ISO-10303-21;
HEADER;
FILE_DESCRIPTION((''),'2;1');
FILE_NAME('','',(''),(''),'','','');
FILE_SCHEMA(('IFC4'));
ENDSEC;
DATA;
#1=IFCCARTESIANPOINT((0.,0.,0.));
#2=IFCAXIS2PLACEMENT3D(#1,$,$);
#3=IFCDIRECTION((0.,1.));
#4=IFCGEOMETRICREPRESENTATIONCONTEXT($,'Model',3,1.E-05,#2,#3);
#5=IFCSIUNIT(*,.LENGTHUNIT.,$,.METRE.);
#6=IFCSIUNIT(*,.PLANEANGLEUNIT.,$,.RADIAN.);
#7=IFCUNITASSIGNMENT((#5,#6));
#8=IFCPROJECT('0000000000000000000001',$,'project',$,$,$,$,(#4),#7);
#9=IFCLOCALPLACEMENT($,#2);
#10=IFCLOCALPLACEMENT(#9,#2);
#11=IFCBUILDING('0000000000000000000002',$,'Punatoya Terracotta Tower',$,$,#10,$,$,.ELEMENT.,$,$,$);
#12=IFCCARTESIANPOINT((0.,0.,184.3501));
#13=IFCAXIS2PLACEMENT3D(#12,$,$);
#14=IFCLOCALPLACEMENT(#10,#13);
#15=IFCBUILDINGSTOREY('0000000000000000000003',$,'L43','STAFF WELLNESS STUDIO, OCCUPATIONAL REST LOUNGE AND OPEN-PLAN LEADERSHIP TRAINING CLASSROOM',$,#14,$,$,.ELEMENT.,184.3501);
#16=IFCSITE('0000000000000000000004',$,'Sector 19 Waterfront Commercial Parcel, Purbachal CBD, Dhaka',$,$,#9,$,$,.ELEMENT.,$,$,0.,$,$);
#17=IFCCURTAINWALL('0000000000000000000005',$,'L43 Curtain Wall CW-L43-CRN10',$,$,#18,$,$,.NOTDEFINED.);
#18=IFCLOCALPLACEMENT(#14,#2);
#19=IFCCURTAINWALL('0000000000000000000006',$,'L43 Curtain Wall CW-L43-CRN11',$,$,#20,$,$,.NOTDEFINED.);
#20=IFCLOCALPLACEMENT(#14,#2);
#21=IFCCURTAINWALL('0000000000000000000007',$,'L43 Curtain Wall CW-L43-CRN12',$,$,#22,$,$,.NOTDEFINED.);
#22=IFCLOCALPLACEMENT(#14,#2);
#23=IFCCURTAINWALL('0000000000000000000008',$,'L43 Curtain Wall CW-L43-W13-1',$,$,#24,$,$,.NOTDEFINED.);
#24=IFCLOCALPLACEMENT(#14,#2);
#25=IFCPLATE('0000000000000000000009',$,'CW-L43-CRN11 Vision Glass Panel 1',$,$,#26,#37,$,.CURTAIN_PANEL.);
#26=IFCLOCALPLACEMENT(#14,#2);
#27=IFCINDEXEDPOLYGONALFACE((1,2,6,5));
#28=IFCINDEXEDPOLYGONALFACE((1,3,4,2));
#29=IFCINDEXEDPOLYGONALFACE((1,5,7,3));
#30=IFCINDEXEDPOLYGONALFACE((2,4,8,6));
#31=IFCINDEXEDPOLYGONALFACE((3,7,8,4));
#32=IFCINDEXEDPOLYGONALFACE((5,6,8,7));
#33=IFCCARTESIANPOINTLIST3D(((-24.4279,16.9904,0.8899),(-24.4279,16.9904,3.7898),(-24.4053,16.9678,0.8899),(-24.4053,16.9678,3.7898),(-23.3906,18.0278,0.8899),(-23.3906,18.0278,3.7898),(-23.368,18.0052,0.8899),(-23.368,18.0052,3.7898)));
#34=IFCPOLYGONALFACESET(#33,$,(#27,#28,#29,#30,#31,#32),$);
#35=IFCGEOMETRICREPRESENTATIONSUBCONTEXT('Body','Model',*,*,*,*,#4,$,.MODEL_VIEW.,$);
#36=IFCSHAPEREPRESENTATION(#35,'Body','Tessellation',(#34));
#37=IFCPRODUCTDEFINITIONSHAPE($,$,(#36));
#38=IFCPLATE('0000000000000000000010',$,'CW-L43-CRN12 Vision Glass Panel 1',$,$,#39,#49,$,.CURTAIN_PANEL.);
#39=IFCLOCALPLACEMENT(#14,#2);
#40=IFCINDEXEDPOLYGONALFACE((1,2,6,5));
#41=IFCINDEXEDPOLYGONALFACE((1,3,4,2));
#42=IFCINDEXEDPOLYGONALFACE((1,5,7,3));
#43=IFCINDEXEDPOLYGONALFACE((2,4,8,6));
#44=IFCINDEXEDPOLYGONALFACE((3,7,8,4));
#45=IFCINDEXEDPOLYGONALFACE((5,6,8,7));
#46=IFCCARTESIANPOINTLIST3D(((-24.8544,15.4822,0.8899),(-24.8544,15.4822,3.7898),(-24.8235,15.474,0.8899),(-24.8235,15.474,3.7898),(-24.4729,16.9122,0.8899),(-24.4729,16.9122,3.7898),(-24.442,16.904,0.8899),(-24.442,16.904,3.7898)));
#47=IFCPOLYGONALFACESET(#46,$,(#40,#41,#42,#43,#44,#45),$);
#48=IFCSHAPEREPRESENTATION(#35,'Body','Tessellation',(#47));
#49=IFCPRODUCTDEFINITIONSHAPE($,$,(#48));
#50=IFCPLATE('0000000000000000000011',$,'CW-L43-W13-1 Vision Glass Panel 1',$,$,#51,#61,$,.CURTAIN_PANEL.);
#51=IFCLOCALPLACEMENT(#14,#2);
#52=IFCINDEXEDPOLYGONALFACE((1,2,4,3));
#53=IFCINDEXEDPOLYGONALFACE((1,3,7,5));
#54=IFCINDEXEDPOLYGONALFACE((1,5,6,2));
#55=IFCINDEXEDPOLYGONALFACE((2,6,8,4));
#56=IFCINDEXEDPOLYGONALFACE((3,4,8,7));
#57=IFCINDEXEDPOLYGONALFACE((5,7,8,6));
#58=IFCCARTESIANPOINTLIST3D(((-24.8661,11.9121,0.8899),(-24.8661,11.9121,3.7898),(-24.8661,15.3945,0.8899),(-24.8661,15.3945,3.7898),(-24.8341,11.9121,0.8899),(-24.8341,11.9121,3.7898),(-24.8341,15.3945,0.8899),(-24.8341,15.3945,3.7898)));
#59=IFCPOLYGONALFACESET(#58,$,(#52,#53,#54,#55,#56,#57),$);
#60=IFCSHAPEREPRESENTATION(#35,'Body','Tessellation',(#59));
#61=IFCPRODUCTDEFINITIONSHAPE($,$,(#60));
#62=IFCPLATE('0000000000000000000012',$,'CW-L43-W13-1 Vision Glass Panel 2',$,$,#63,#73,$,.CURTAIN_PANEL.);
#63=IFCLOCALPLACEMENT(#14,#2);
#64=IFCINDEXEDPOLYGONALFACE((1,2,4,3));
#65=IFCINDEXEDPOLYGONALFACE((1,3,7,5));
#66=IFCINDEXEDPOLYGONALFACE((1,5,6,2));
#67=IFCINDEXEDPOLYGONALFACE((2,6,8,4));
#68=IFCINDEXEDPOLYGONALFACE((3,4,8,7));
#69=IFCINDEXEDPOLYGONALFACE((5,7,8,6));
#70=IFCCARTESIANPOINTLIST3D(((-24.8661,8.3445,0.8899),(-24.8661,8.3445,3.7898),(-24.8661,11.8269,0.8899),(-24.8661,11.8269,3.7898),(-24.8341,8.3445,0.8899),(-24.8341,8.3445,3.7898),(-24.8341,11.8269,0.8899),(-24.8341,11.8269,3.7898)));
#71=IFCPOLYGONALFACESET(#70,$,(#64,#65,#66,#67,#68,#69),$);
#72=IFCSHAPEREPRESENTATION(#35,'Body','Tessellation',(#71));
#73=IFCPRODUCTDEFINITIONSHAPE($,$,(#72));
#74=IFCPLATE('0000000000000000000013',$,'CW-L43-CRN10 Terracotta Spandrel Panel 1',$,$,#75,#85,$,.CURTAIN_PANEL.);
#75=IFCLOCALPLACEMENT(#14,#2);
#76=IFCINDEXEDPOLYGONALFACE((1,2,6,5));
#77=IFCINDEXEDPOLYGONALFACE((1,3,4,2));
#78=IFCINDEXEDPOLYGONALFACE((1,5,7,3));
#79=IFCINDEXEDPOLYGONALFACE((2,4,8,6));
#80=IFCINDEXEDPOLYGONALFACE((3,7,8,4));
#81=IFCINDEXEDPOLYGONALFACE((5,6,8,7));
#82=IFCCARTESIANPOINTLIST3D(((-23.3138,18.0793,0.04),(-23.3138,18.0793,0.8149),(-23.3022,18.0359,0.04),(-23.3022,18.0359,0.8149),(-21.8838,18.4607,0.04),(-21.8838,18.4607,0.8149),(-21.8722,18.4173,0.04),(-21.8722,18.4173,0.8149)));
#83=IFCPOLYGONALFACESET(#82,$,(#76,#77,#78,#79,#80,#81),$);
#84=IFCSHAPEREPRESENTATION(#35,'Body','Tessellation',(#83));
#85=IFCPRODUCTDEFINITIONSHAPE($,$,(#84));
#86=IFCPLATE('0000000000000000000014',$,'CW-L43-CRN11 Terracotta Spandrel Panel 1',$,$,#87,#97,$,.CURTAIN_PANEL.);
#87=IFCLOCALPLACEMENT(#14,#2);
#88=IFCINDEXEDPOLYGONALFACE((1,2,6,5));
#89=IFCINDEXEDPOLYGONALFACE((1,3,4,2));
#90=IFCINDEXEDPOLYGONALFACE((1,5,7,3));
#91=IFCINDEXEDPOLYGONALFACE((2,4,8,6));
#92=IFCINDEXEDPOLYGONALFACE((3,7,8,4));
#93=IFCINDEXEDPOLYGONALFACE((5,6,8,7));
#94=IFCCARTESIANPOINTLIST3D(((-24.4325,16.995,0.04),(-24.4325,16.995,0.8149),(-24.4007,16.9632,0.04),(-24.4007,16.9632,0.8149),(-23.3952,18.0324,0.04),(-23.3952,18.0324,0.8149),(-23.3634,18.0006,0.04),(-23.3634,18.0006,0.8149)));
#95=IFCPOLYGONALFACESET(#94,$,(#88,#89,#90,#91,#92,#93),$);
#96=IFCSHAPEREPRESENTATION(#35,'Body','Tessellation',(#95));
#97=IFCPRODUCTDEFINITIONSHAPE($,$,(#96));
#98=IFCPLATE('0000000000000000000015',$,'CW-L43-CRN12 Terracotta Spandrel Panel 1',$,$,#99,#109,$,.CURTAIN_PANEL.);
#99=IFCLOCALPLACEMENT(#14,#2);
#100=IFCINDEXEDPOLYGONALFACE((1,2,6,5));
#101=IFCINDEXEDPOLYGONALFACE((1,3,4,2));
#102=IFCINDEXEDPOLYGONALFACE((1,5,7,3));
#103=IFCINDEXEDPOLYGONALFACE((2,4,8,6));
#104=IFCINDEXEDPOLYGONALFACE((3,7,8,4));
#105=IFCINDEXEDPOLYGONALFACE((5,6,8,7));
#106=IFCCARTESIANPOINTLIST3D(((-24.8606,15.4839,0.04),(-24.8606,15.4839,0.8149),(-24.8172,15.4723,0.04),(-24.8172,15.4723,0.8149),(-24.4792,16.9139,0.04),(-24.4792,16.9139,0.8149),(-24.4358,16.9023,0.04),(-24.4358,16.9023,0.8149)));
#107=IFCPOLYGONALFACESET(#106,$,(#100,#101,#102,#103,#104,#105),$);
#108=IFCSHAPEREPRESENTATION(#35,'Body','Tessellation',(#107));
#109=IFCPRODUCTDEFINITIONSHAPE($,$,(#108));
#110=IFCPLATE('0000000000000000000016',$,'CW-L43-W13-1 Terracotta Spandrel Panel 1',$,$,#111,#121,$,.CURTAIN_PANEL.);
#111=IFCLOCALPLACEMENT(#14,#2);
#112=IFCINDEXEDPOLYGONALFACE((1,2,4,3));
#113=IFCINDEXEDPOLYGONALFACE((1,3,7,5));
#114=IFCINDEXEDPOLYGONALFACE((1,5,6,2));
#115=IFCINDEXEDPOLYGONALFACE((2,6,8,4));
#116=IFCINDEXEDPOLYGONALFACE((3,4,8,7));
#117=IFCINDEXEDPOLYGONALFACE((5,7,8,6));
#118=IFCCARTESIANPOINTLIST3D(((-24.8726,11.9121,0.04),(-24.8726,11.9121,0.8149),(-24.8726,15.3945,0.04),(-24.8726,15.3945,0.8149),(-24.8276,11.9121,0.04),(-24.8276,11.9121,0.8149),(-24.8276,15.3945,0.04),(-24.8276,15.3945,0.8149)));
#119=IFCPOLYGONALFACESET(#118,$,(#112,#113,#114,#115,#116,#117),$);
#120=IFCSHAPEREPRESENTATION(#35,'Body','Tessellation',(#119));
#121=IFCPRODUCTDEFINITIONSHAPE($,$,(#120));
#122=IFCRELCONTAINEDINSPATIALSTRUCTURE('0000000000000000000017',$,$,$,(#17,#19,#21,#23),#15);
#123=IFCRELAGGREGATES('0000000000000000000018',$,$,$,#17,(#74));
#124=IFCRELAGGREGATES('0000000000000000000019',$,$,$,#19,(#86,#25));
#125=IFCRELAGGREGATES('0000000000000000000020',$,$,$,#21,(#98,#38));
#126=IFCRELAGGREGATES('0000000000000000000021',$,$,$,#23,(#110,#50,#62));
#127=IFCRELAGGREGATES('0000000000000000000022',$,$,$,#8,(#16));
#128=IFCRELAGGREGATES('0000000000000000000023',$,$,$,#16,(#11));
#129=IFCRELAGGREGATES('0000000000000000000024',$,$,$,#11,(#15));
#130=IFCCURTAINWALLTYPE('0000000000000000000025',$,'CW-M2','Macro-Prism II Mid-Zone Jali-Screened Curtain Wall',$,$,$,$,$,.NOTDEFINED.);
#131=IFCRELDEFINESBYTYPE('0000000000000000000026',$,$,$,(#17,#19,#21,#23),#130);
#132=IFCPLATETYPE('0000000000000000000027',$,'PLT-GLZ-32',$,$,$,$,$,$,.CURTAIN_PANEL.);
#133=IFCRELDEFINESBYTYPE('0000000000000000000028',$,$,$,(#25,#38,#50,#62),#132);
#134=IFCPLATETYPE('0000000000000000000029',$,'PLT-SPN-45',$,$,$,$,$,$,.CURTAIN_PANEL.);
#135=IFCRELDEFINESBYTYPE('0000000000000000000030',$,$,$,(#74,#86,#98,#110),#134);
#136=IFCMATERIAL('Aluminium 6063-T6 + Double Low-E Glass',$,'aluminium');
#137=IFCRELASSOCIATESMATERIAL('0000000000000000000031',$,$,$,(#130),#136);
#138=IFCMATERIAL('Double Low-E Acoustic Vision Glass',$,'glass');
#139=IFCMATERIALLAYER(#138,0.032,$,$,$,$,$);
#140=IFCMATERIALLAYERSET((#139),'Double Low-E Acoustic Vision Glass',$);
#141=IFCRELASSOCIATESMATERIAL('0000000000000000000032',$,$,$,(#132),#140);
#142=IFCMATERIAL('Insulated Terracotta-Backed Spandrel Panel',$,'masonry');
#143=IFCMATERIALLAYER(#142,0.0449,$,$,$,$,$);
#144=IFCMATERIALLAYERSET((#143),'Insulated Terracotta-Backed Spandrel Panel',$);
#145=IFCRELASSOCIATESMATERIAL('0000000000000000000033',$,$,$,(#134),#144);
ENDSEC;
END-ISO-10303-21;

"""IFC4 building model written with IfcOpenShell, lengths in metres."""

from ifc_helpers import new_model, si_unit, direction, frame, origin, origin_2d, place, context, subcontext, project, spatial, rectangle, extrude, material, layer, layer_set, type_object, element, aggregate, save


model = new_model("IFC4")

# Units and contexts
model_context = context("Model", 3, precision=1e-05, world=origin(), true_north=direction((0.0, 1.0)))
body_context = subcontext(model_context, "Body", "Model", "MODEL_VIEW")
ifc_project = project(units=[si_unit("LENGTHUNIT", "METRE"), si_unit("PLANEANGLEUNIT", "RADIAN")], contexts=[model_context])

# Site, building, storey
site_placement = place(None, origin())
site = spatial("IfcSite", under=ifc_project, at=site_placement, Name="Sector 19 Waterfront Commercial Parcel, Purbachal CBD, Dhaka", CompositionType="ELEMENT", RefElevation=0.0)
building_placement = place(site_placement, origin())
building = spatial("IfcBuilding", under=site, at=building_placement, Name="Punatoya Terracotta Tower", CompositionType="ELEMENT")
storey_placement = place(building_placement, frame((0.0, 0.0, 184.3501)))
storey = spatial("IfcBuildingStorey", under=building, at=storey_placement, Name="L43", Description="STAFF WELLNESS STUDIO, OCCUPATIONAL REST LOUNGE AND OPEN-PLAN LEADERSHIP TRAINING CLASSROOM", CompositionType="ELEMENT", Elevation=184.3501)

# Curtain wall
ifc_material_1 = material(Name="Aluminium 6063-T6 + Double Low-E Glass", Category="aluminium")
curtain_wall_type = type_object("IfcCurtainWallType", Name="CW-M2", Description="Macro-Prism II Mid-Zone Jali-Screened Curtain Wall", PredefinedType="NOTDEFINED", material=ifc_material_1)
curtain_wall_1_placement = place(storey_placement, origin())
curtain_wall_1 = element("IfcCurtainWall", 1, at=curtain_wall_1_placement, inside=storey, type_object=curtain_wall_type, Name="L43 Curtain Wall CW-L43-CRN10", PredefinedType="NOTDEFINED")

# Curtain walls
curtain_wall_2_placement = place(storey_placement, origin())
curtain_wall_2 = element("IfcCurtainWall", 2, at=curtain_wall_2_placement, inside=storey, type_object=curtain_wall_type, Name="L43 Curtain Wall CW-L43-CRN11", PredefinedType="NOTDEFINED")
curtain_wall_3_placement = place(storey_placement, origin())
curtain_wall_3 = element("IfcCurtainWall", 3, at=curtain_wall_3_placement, inside=storey, type_object=curtain_wall_type, Name="L43 Curtain Wall CW-L43-CRN12", PredefinedType="NOTDEFINED")
curtain_wall_4_placement = place(storey_placement, origin())
curtain_wall_4 = element("IfcCurtainWall", 4, at=curtain_wall_4_placement, inside=storey, type_object=curtain_wall_type, Name="L43 Curtain Wall CW-L43-W13-1", PredefinedType="NOTDEFINED")

# Plates
ifc_material_2 = material(Name="Double Low-E Acoustic Vision Glass", Category="glass")
ifc_layer_1 = layer(ifc_material_2, 0.032)
ifc_layer_set_1 = layer_set([ifc_layer_1], Name="Double Low-E Acoustic Vision Glass")
plate_type_1 = type_object("IfcPlateType", Name="PLT-GLZ-32", PredefinedType="CURTAIN_PANEL", material=ifc_layer_set_1)
plate_1_placement = place(storey_placement, frame((-23.8979, 17.4978, 0.8899), z_axis=(0.0, 0.0, 1.0), x_axis=(-0.707107, -0.707107, 0.0)))
plate_1 = element("IfcPlate", 5, at=plate_1_placement, type_object=plate_type_1, Name="CW-L43-CRN11 Vision Glass Panel 1", PredefinedType="CURTAIN_PANEL", context=body_context, shape_type="SweptSolid", body=[
    extrude(rectangle(XDim=1.467, YDim=0.032, at=origin_2d()), origin(), (0.0, 0.0, 1.0), 2.8999),
])
plate_2_placement = place(storey_placement, frame((-24.6482, 16.1931, 0.8899), z_axis=(0.0, 0.0, 1.0), x_axis=(-0.257742, -0.966214, 0.0)))
plate_2 = element("IfcPlate", 6, at=plate_2_placement, type_object=plate_type_1, Name="CW-L43-CRN12 Vision Glass Panel 1", PredefinedType="CURTAIN_PANEL", context=body_context, shape_type="SweptSolid", body=[
    extrude(rectangle(XDim=1.48, YDim=0.032, at=origin_2d()), origin(), (0.0, 0.0, 1.0), 2.8999),
])
plate_3_placement = place(storey_placement, frame((-24.8501, 13.6533, 0.8899), z_axis=(0.0, 0.0, 1.0), x_axis=(0.0, -1.0, 0.0)))
plate_3 = element("IfcPlate", 7, at=plate_3_placement, type_object=plate_type_1, Name="CW-L43-W13-1 Vision Glass Panel 1", PredefinedType="CURTAIN_PANEL", context=body_context, shape_type="SweptSolid", body=[
    extrude(rectangle(XDim=3.4824, YDim=0.032, at=origin_2d()), origin(), (0.0, 0.0, 1.0), 2.8999),
])
plate_4_placement = place(storey_placement, frame((-24.8501, 10.0857, 0.8899), z_axis=(0.0, 0.0, 1.0), x_axis=(0.0, -1.0, 0.0)))
plate_4 = element("IfcPlate", 8, at=plate_4_placement, type_object=plate_type_1, Name="CW-L43-W13-1 Vision Glass Panel 2", PredefinedType="CURTAIN_PANEL", context=body_context, shape_type="SweptSolid", body=[
    extrude(rectangle(XDim=3.4824, YDim=0.032, at=origin_2d()), origin(), (0.0, 0.0, 1.0), 2.8999),
])
ifc_material_3 = material(Name="Insulated Terracotta-Backed Spandrel Panel", Category="masonry")
ifc_layer_2 = layer(ifc_material_3, 0.0449)
ifc_layer_set_2 = layer_set([ifc_layer_2], Name="Insulated Terracotta-Backed Spandrel Panel")
plate_type_2 = type_object("IfcPlateType", Name="PLT-SPN-45", PredefinedType="CURTAIN_PANEL", material=ifc_layer_set_2)
plate_5_placement = place(storey_placement, frame((-22.593, 18.2483, 0.04), z_axis=(0.0, 0.0, 1.0), x_axis=(-0.966214, -0.257742, 0.0)))
plate_5 = element("IfcPlate", 9, at=plate_5_placement, type_object=plate_type_2, Name="CW-L43-CRN10 Terracotta Spandrel Panel 1", PredefinedType="CURTAIN_PANEL", context=body_context, shape_type="SweptSolid", body=[
    extrude(rectangle(XDim=1.48, YDim=0.0449, at=origin_2d()), origin(), (0.0, 0.0, 1.0), 0.7749),
])
aggregate(curtain_wall_1, [plate_5])
plate_6_placement = place(storey_placement, frame((-23.8979, 17.4978, 0.04), z_axis=(0.0, 0.0, 1.0), x_axis=(-0.707107, -0.707107, 0.0)))
plate_6 = element("IfcPlate", 10, at=plate_6_placement, type_object=plate_type_2, Name="CW-L43-CRN11 Terracotta Spandrel Panel 1", PredefinedType="CURTAIN_PANEL", context=body_context, shape_type="SweptSolid", body=[
    extrude(rectangle(XDim=1.467, YDim=0.0449, at=origin_2d()), origin(), (0.0, 0.0, 1.0), 0.7749),
])
aggregate(curtain_wall_2, [plate_6, plate_1])
plate_7_placement = place(storey_placement, frame((-24.6482, 16.1931, 0.04), z_axis=(0.0, 0.0, 1.0), x_axis=(-0.257742, -0.966214, 0.0)))
plate_7 = element("IfcPlate", 11, at=plate_7_placement, type_object=plate_type_2, Name="CW-L43-CRN12 Terracotta Spandrel Panel 1", PredefinedType="CURTAIN_PANEL", context=body_context, shape_type="SweptSolid", body=[
    extrude(rectangle(XDim=1.48, YDim=0.0449, at=origin_2d()), origin(), (0.0, 0.0, 1.0), 0.7749),
])
aggregate(curtain_wall_3, [plate_7, plate_2])
plate_8_placement = place(storey_placement, frame((-24.8501, 13.6533, 0.04), z_axis=(0.0, 0.0, 1.0), x_axis=(0.0, -1.0, 0.0)))
plate_8 = element("IfcPlate", 12, at=plate_8_placement, type_object=plate_type_2, Name="CW-L43-W13-1 Terracotta Spandrel Panel 1", PredefinedType="CURTAIN_PANEL", context=body_context, shape_type="SweptSolid", body=[
    extrude(rectangle(XDim=3.4824, YDim=0.0449, at=origin_2d()), origin(), (0.0, 0.0, 1.0), 0.7749),
])
aggregate(curtain_wall_4, [plate_8, plate_3, plate_4])

save(model, "model.ifc")
